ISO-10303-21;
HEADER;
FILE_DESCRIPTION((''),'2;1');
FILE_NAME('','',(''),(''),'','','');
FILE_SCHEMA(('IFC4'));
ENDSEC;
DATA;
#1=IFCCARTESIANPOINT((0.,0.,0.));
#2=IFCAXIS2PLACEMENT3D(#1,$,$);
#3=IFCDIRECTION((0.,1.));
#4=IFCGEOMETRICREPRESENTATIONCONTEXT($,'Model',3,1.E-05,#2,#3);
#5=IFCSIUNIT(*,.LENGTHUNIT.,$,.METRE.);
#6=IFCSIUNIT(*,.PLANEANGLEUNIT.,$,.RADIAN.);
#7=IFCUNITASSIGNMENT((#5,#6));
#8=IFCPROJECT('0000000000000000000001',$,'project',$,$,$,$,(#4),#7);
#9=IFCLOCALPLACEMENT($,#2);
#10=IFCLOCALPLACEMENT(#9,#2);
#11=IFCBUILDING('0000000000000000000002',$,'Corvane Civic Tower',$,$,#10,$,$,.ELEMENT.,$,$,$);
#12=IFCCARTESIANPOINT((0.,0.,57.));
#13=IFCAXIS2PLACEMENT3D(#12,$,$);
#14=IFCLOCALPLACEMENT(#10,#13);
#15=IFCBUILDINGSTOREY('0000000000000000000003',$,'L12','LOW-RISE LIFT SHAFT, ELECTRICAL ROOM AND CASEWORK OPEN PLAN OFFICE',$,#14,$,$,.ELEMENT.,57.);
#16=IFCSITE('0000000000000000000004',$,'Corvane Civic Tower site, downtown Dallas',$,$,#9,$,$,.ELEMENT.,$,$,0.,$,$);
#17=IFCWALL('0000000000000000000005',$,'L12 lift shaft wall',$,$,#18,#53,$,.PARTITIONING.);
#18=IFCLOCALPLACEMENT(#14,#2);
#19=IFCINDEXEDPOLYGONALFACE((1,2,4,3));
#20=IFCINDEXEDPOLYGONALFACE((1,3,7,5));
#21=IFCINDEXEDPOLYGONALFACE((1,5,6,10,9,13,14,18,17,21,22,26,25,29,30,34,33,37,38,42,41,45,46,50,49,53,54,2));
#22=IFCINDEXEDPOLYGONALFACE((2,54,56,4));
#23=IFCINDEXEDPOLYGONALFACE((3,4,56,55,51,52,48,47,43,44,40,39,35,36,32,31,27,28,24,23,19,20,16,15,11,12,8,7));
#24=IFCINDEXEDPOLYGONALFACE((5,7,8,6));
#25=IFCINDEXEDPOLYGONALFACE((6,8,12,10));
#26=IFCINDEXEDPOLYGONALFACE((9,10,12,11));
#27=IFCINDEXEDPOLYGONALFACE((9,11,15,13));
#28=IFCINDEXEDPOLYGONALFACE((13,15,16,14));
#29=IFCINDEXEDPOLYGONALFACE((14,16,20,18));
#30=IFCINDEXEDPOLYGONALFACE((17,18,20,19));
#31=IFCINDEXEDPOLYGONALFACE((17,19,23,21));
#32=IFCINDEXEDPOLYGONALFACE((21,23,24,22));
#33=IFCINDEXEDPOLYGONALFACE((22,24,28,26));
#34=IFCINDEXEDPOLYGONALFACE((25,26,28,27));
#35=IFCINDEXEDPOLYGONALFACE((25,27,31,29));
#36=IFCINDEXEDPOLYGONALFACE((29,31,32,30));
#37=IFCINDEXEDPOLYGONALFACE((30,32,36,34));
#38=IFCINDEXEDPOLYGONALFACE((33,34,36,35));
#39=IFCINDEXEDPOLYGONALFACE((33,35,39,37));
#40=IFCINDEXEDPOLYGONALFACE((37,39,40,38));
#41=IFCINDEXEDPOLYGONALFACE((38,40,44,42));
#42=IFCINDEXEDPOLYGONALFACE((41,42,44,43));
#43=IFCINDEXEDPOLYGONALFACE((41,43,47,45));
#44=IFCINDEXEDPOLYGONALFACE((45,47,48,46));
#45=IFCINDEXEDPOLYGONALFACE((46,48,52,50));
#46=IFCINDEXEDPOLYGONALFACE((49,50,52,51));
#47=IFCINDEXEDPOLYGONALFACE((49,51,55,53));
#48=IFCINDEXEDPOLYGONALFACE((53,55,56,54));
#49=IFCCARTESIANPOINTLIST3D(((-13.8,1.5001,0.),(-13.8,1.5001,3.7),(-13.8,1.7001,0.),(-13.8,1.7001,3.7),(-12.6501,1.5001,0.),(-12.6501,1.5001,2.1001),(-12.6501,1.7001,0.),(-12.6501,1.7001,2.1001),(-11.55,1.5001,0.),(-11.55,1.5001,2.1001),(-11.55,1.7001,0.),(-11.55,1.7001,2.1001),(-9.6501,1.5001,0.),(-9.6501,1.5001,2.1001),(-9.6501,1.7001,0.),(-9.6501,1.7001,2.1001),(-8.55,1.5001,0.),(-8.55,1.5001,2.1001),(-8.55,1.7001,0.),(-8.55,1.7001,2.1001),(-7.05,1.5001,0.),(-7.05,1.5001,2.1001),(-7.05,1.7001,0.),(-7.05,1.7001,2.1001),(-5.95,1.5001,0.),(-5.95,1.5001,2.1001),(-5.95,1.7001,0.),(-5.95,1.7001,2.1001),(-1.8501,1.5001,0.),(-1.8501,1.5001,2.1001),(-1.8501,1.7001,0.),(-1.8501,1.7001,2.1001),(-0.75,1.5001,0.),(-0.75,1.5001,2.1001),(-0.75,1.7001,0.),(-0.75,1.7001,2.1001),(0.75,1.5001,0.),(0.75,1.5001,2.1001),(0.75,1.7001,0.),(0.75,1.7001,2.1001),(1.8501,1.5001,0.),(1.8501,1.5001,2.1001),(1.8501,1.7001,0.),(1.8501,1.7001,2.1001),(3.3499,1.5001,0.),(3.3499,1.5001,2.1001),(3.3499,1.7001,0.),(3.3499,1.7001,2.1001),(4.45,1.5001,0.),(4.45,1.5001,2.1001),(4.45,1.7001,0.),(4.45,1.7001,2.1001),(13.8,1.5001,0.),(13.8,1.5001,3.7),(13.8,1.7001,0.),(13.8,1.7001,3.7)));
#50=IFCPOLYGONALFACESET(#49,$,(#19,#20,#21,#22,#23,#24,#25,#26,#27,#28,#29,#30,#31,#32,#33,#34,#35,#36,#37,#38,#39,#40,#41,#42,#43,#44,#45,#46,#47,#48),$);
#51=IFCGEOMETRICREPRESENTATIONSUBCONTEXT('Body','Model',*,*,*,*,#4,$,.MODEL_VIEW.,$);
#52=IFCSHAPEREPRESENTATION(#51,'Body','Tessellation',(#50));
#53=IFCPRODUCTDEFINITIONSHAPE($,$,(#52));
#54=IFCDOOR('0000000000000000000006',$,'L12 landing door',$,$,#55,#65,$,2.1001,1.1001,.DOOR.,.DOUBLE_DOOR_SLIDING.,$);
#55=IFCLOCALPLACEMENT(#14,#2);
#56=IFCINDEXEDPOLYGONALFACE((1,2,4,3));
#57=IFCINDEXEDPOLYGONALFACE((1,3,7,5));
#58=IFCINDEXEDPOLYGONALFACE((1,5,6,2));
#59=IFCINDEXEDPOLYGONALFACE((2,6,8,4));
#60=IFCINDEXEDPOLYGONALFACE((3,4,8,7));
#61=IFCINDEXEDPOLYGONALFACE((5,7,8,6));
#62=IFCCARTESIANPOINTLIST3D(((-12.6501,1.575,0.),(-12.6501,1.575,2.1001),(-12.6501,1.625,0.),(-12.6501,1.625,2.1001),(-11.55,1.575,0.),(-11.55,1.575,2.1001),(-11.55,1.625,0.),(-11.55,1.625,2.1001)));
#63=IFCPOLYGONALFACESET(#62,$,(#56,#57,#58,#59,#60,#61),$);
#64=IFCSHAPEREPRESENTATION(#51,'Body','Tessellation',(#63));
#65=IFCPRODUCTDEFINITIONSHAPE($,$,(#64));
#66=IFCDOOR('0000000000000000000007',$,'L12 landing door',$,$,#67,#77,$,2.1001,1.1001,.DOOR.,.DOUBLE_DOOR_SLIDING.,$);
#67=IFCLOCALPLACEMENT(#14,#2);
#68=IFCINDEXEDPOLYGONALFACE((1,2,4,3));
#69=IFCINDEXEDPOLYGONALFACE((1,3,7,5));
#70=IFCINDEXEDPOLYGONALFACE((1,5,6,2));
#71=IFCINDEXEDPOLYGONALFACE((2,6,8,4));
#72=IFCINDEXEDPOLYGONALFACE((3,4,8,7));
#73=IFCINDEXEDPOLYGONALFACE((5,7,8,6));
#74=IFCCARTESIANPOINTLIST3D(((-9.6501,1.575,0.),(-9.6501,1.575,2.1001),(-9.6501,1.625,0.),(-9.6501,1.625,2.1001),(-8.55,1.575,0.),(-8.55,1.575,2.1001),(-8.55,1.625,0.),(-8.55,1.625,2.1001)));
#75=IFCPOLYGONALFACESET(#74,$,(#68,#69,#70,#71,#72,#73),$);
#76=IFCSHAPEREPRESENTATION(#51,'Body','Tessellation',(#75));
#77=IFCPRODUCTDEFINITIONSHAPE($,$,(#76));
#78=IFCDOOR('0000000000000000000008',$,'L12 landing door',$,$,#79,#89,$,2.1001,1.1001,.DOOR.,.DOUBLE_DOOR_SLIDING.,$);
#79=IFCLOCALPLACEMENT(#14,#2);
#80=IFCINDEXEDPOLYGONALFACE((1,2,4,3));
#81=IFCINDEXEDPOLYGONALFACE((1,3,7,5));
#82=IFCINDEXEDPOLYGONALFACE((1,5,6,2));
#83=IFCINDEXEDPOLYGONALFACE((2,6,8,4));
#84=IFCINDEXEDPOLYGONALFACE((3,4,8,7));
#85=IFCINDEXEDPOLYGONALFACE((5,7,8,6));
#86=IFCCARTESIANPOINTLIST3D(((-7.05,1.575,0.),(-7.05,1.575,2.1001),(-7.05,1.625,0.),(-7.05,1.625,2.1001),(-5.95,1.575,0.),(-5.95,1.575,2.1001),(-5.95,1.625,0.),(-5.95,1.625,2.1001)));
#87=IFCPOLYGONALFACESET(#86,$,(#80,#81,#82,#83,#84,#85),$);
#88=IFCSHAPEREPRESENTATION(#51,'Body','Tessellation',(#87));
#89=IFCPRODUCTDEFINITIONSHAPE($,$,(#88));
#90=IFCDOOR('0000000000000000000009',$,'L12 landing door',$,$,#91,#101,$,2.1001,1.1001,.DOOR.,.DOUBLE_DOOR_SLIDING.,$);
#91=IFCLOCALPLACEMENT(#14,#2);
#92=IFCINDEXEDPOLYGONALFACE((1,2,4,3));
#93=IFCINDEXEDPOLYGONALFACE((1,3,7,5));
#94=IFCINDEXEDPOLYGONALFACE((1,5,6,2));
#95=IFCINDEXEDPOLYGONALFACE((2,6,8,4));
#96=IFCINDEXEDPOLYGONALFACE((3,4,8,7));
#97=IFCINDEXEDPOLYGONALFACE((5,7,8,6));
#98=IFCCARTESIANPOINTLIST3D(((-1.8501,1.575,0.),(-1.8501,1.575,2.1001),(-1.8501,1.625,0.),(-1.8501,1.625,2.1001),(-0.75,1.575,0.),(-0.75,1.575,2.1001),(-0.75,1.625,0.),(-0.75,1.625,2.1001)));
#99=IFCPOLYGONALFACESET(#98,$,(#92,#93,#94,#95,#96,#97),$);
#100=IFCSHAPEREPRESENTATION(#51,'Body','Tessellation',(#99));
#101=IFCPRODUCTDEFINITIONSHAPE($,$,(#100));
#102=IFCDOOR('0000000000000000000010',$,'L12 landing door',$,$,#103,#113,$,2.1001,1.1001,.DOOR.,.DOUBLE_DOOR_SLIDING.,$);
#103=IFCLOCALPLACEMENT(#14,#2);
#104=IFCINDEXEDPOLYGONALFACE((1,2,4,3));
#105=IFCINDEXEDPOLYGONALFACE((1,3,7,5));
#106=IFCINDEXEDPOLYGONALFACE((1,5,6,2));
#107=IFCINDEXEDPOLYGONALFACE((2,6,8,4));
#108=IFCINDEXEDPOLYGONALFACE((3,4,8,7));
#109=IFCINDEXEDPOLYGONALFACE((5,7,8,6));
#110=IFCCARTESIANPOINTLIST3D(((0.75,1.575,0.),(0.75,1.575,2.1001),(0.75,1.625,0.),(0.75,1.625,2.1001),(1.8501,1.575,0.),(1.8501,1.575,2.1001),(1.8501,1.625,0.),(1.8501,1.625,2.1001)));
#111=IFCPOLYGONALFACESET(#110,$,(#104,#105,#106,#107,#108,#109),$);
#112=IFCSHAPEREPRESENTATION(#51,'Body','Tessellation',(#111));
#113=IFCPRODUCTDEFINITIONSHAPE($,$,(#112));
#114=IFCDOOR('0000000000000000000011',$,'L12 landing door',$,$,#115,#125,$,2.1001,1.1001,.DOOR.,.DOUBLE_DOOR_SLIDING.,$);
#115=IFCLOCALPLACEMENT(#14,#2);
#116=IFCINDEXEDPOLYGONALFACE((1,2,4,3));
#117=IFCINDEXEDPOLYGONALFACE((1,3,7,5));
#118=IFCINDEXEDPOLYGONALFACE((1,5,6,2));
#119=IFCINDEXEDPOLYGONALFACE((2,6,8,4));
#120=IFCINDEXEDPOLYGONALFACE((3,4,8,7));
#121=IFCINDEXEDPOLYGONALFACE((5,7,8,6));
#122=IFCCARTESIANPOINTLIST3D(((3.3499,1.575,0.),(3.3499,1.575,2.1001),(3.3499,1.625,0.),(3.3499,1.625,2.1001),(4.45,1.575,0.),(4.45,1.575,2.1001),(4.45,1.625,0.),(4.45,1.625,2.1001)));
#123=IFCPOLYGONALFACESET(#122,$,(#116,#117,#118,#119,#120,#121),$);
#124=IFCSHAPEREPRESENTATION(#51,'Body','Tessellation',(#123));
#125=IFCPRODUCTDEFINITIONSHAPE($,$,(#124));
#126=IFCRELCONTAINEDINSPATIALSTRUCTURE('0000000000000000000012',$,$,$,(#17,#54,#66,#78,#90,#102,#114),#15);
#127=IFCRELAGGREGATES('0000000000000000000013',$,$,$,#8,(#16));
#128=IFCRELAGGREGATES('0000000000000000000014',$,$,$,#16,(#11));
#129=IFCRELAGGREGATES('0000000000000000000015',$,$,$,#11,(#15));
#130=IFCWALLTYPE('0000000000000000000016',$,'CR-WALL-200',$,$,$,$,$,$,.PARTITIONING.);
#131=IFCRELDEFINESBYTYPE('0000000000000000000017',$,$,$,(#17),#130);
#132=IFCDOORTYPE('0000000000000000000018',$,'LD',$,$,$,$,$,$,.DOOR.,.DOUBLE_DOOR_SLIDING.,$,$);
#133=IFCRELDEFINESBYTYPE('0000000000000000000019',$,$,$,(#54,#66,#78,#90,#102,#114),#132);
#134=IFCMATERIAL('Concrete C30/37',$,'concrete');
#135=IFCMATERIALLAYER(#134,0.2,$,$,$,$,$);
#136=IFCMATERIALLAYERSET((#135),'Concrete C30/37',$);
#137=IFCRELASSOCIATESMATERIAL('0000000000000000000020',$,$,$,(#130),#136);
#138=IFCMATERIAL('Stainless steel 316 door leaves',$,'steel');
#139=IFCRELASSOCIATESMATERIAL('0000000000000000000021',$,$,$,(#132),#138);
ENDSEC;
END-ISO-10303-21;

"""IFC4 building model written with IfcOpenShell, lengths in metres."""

from ifc_helpers import new_model, si_unit, direction, frame, frame_2d, origin, place, context, subcontext, project, spatial, rectangle, extrude, material, layer, layer_set, type_object, element, fill, save


model = new_model("IFC4")

# Units and contexts
model_context = context("Model", 3, precision=1e-05, world=origin(), true_north=direction((0.0, 1.0)))
body_context = subcontext(model_context, "Body", "Model", "MODEL_VIEW")
ifc_project = project(units=[si_unit("LENGTHUNIT", "METRE"), si_unit("PLANEANGLEUNIT", "RADIAN")], contexts=[model_context])

# Site, building, storey
site_placement = place(None, origin())
site = spatial("IfcSite", under=ifc_project, at=site_placement, Name="Corvane Civic Tower site, downtown Dallas", CompositionType="ELEMENT", RefElevation=0.0)
building_placement = place(site_placement, origin())
building = spatial("IfcBuilding", under=site, at=building_placement, Name="Corvane Civic Tower", CompositionType="ELEMENT")
storey_placement = place(building_placement, frame((0.0, 0.0, 57.0)))
storey = spatial("IfcBuildingStorey", under=building, at=storey_placement, Name="L12", Description="LOW-RISE LIFT SHAFT, ELECTRICAL ROOM AND CASEWORK OPEN PLAN OFFICE", CompositionType="ELEMENT", Elevation=57.0)

# Wall, openings, doors
ifc_material_1 = material(Name="Concrete C30/37", Category="concrete")
ifc_layer_1 = layer(ifc_material_1, 0.2)
ifc_layer_set_1 = layer_set([ifc_layer_1], Name="Concrete C30/37")
wall_type_1 = type_object("IfcWallType", Name="CR-WALL-200", PredefinedType="PARTITIONING", material=ifc_layer_set_1)
wall_1_placement = place(storey_placement, frame((-13.8, 1.6001, 0.0), z_axis=(0.0, 0.0, 1.0), x_axis=(1.0, 0.0, 0.0)))
wall_1 = element("IfcWall", 1, at=wall_1_placement, inside=storey, type_object=wall_type_1, Name="L12 lift shaft wall", PredefinedType="PARTITIONING", context=body_context, shape_type="SweptSolid", body=[
    extrude(rectangle(XDim=27.6001, YDim=0.2, at=frame_2d((13.8, 0.0))), origin(), (0.0, 0.0, 1.0), 3.7),
])
opening_1_placement = place(wall_1_placement, frame((1.1499, 0.0, 0.0)))
opening_1 = element("IfcOpeningElement", 2, at=opening_1_placement, cuts=wall_1, PredefinedType="OPENING", context=body_context, shape_type="SweptSolid", body=[
    extrude(rectangle(XDim=1.1001, YDim=2.1001, at=frame_2d((0.55, 1.05))), frame((0.0, 0.1099, 0.0), z_axis=(0.0, -1.0, 0.0), x_axis=(1.0, 0.0, 0.0)), (0.0, 0.0, 1.0), 0.22),
])
opening_2_placement = place(wall_1_placement, frame((4.1499, 0.0, 0.0)))
opening_2 = element("IfcOpeningElement", 3, at=opening_2_placement, cuts=wall_1, PredefinedType="OPENING", context=body_context, shape_type="SweptSolid", body=[
    extrude(rectangle(XDim=1.1001, YDim=2.1001, at=frame_2d((0.55, 1.05))), frame((0.0, 0.1099, 0.0), z_axis=(0.0, -1.0, 0.0), x_axis=(1.0, 0.0, 0.0)), (0.0, 0.0, 1.0), 0.22),
])
opening_3_placement = place(wall_1_placement, frame((6.75, 0.0, 0.0)))
opening_3 = element("IfcOpeningElement", 4, at=opening_3_placement, cuts=wall_1, PredefinedType="OPENING", context=body_context, shape_type="SweptSolid", body=[
    extrude(rectangle(XDim=1.1001, YDim=2.1001, at=frame_2d((0.55, 1.05))), frame((0.0, 0.1099, 0.0), z_axis=(0.0, -1.0, 0.0), x_axis=(1.0, 0.0, 0.0)), (0.0, 0.0, 1.0), 0.22),
])
opening_4_placement = place(wall_1_placement, frame((11.95, 0.0, 0.0)))
opening_4 = element("IfcOpeningElement", 5, at=opening_4_placement, cuts=wall_1, PredefinedType="OPENING", context=body_context, shape_type="SweptSolid", body=[
    extrude(rectangle(XDim=1.1001, YDim=2.1001, at=frame_2d((0.55, 1.05))), frame((0.0, 0.1099, 0.0), z_axis=(0.0, -1.0, 0.0), x_axis=(1.0, 0.0, 0.0)), (0.0, 0.0, 1.0), 0.22),
])
opening_5_placement = place(wall_1_placement, frame((14.55, 0.0, 0.0)))
opening_5 = element("IfcOpeningElement", 6, at=opening_5_placement, cuts=wall_1, PredefinedType="OPENING", context=body_context, shape_type="SweptSolid", body=[
    extrude(rectangle(XDim=1.1001, YDim=2.1001, at=frame_2d((0.55, 1.05))), frame((0.0, 0.1099, 0.0), z_axis=(0.0, -1.0, 0.0), x_axis=(1.0, 0.0, 0.0)), (0.0, 0.0, 1.0), 0.22),
])
opening_6_placement = place(wall_1_placement, frame((17.1499, 0.0, 0.0)))
opening_6 = element("IfcOpeningElement", 7, at=opening_6_placement, cuts=wall_1, PredefinedType="OPENING", context=body_context, shape_type="SweptSolid", body=[
    extrude(rectangle(XDim=1.1001, YDim=2.1001, at=frame_2d((0.55, 1.05))), frame((0.0, 0.1099, 0.0), z_axis=(0.0, -1.0, 0.0), x_axis=(1.0, 0.0, 0.0)), (0.0, 0.0, 1.0), 0.22),
])
ifc_material_2 = material(Name="Stainless steel 316 door leaves", Category="steel")
door_type_1 = type_object("IfcDoorType", Name="LD", OperationType="DOUBLE_DOOR_SLIDING", PredefinedType="DOOR", material=ifc_material_2)
door_1_placement = place(opening_1_placement, origin())
door_1 = element("IfcDoor", 8, at=door_1_placement, inside=storey, type_object=door_type_1, Name="L12 landing door", OperationType="DOUBLE_DOOR_SLIDING", OverallHeight=2.1001, OverallWidth=1.1001, PredefinedType="DOOR", context=body_context, shape_type="SweptSolid", body=[
    extrude(rectangle(XDim=1.1001, YDim=2.1001, at=frame_2d((0.55, 1.05))), frame((0.0, 0.0249, 0.0), z_axis=(0.0, -1.0, 0.0), x_axis=(1.0, 0.0, 0.0)), (0.0, 0.0, 1.0), 0.05),
])
fill(opening_1, door_1)
door_2_placement = place(opening_2_placement, origin())
door_2 = element("IfcDoor", 9, at=door_2_placement, inside=storey, type_object=door_type_1, Name="L12 landing door", OperationType="DOUBLE_DOOR_SLIDING", OverallHeight=2.1001, OverallWidth=1.1001, PredefinedType="DOOR", context=body_context, shape_type="SweptSolid", body=[
    extrude(rectangle(XDim=1.1001, YDim=2.1001, at=frame_2d((0.55, 1.05))), frame((0.0, 0.0249, 0.0), z_axis=(0.0, -1.0, 0.0), x_axis=(1.0, 0.0, 0.0)), (0.0, 0.0, 1.0), 0.05),
])
fill(opening_2, door_2)
door_3_placement = place(opening_3_placement, origin())
door_3 = element("IfcDoor", 10, at=door_3_placement, inside=storey, type_object=door_type_1, Name="L12 landing door", OperationType="DOUBLE_DOOR_SLIDING", OverallHeight=2.1001, OverallWidth=1.1001, PredefinedType="DOOR", context=body_context, shape_type="SweptSolid", body=[
    extrude(rectangle(XDim=1.1001, YDim=2.1001, at=frame_2d((0.55, 1.05))), frame((0.0, 0.0249, 0.0), z_axis=(0.0, -1.0, 0.0), x_axis=(1.0, 0.0, 0.0)), (0.0, 0.0, 1.0), 0.05),
])
fill(opening_3, door_3)
door_4_placement = place(opening_4_placement, origin())
door_4 = element("IfcDoor", 11, at=door_4_placement, inside=storey, type_object=door_type_1, Name="L12 landing door", OperationType="DOUBLE_DOOR_SLIDING", OverallHeight=2.1001, OverallWidth=1.1001, PredefinedType="DOOR", context=body_context, shape_type="SweptSolid", body=[
    extrude(rectangle(XDim=1.1001, YDim=2.1001, at=frame_2d((0.55, 1.05))), frame((0.0, 0.0249, 0.0), z_axis=(0.0, -1.0, 0.0), x_axis=(1.0, 0.0, 0.0)), (0.0, 0.0, 1.0), 0.05),
])
fill(opening_4, door_4)
door_5_placement = place(opening_5_placement, origin())
door_5 = element("IfcDoor", 12, at=door_5_placement, inside=storey, type_object=door_type_1, Name="L12 landing door", OperationType="DOUBLE_DOOR_SLIDING", OverallHeight=2.1001, OverallWidth=1.1001, PredefinedType="DOOR", context=body_context, shape_type="SweptSolid", body=[
    extrude(rectangle(XDim=1.1001, YDim=2.1001, at=frame_2d((0.55, 1.05))), frame((0.0, 0.0249, 0.0), z_axis=(0.0, -1.0, 0.0), x_axis=(1.0, 0.0, 0.0)), (0.0, 0.0, 1.0), 0.05),
])
fill(opening_5, door_5)
door_6_placement = place(opening_6_placement, origin())
door_6 = element("IfcDoor", 13, at=door_6_placement, inside=storey, type_object=door_type_1, Name="L12 landing door", OperationType="DOUBLE_DOOR_SLIDING", OverallHeight=2.1001, OverallWidth=1.1001, PredefinedType="DOOR", context=body_context, shape_type="SweptSolid", body=[
    extrude(rectangle(XDim=1.1001, YDim=2.1001, at=frame_2d((0.55, 1.05))), frame((0.0, 0.0249, 0.0), z_axis=(0.0, -1.0, 0.0), x_axis=(1.0, 0.0, 0.0)), (0.0, 0.0, 1.0), 0.05),
])
fill(opening_6, door_6)

save(model, "model.ifc")
